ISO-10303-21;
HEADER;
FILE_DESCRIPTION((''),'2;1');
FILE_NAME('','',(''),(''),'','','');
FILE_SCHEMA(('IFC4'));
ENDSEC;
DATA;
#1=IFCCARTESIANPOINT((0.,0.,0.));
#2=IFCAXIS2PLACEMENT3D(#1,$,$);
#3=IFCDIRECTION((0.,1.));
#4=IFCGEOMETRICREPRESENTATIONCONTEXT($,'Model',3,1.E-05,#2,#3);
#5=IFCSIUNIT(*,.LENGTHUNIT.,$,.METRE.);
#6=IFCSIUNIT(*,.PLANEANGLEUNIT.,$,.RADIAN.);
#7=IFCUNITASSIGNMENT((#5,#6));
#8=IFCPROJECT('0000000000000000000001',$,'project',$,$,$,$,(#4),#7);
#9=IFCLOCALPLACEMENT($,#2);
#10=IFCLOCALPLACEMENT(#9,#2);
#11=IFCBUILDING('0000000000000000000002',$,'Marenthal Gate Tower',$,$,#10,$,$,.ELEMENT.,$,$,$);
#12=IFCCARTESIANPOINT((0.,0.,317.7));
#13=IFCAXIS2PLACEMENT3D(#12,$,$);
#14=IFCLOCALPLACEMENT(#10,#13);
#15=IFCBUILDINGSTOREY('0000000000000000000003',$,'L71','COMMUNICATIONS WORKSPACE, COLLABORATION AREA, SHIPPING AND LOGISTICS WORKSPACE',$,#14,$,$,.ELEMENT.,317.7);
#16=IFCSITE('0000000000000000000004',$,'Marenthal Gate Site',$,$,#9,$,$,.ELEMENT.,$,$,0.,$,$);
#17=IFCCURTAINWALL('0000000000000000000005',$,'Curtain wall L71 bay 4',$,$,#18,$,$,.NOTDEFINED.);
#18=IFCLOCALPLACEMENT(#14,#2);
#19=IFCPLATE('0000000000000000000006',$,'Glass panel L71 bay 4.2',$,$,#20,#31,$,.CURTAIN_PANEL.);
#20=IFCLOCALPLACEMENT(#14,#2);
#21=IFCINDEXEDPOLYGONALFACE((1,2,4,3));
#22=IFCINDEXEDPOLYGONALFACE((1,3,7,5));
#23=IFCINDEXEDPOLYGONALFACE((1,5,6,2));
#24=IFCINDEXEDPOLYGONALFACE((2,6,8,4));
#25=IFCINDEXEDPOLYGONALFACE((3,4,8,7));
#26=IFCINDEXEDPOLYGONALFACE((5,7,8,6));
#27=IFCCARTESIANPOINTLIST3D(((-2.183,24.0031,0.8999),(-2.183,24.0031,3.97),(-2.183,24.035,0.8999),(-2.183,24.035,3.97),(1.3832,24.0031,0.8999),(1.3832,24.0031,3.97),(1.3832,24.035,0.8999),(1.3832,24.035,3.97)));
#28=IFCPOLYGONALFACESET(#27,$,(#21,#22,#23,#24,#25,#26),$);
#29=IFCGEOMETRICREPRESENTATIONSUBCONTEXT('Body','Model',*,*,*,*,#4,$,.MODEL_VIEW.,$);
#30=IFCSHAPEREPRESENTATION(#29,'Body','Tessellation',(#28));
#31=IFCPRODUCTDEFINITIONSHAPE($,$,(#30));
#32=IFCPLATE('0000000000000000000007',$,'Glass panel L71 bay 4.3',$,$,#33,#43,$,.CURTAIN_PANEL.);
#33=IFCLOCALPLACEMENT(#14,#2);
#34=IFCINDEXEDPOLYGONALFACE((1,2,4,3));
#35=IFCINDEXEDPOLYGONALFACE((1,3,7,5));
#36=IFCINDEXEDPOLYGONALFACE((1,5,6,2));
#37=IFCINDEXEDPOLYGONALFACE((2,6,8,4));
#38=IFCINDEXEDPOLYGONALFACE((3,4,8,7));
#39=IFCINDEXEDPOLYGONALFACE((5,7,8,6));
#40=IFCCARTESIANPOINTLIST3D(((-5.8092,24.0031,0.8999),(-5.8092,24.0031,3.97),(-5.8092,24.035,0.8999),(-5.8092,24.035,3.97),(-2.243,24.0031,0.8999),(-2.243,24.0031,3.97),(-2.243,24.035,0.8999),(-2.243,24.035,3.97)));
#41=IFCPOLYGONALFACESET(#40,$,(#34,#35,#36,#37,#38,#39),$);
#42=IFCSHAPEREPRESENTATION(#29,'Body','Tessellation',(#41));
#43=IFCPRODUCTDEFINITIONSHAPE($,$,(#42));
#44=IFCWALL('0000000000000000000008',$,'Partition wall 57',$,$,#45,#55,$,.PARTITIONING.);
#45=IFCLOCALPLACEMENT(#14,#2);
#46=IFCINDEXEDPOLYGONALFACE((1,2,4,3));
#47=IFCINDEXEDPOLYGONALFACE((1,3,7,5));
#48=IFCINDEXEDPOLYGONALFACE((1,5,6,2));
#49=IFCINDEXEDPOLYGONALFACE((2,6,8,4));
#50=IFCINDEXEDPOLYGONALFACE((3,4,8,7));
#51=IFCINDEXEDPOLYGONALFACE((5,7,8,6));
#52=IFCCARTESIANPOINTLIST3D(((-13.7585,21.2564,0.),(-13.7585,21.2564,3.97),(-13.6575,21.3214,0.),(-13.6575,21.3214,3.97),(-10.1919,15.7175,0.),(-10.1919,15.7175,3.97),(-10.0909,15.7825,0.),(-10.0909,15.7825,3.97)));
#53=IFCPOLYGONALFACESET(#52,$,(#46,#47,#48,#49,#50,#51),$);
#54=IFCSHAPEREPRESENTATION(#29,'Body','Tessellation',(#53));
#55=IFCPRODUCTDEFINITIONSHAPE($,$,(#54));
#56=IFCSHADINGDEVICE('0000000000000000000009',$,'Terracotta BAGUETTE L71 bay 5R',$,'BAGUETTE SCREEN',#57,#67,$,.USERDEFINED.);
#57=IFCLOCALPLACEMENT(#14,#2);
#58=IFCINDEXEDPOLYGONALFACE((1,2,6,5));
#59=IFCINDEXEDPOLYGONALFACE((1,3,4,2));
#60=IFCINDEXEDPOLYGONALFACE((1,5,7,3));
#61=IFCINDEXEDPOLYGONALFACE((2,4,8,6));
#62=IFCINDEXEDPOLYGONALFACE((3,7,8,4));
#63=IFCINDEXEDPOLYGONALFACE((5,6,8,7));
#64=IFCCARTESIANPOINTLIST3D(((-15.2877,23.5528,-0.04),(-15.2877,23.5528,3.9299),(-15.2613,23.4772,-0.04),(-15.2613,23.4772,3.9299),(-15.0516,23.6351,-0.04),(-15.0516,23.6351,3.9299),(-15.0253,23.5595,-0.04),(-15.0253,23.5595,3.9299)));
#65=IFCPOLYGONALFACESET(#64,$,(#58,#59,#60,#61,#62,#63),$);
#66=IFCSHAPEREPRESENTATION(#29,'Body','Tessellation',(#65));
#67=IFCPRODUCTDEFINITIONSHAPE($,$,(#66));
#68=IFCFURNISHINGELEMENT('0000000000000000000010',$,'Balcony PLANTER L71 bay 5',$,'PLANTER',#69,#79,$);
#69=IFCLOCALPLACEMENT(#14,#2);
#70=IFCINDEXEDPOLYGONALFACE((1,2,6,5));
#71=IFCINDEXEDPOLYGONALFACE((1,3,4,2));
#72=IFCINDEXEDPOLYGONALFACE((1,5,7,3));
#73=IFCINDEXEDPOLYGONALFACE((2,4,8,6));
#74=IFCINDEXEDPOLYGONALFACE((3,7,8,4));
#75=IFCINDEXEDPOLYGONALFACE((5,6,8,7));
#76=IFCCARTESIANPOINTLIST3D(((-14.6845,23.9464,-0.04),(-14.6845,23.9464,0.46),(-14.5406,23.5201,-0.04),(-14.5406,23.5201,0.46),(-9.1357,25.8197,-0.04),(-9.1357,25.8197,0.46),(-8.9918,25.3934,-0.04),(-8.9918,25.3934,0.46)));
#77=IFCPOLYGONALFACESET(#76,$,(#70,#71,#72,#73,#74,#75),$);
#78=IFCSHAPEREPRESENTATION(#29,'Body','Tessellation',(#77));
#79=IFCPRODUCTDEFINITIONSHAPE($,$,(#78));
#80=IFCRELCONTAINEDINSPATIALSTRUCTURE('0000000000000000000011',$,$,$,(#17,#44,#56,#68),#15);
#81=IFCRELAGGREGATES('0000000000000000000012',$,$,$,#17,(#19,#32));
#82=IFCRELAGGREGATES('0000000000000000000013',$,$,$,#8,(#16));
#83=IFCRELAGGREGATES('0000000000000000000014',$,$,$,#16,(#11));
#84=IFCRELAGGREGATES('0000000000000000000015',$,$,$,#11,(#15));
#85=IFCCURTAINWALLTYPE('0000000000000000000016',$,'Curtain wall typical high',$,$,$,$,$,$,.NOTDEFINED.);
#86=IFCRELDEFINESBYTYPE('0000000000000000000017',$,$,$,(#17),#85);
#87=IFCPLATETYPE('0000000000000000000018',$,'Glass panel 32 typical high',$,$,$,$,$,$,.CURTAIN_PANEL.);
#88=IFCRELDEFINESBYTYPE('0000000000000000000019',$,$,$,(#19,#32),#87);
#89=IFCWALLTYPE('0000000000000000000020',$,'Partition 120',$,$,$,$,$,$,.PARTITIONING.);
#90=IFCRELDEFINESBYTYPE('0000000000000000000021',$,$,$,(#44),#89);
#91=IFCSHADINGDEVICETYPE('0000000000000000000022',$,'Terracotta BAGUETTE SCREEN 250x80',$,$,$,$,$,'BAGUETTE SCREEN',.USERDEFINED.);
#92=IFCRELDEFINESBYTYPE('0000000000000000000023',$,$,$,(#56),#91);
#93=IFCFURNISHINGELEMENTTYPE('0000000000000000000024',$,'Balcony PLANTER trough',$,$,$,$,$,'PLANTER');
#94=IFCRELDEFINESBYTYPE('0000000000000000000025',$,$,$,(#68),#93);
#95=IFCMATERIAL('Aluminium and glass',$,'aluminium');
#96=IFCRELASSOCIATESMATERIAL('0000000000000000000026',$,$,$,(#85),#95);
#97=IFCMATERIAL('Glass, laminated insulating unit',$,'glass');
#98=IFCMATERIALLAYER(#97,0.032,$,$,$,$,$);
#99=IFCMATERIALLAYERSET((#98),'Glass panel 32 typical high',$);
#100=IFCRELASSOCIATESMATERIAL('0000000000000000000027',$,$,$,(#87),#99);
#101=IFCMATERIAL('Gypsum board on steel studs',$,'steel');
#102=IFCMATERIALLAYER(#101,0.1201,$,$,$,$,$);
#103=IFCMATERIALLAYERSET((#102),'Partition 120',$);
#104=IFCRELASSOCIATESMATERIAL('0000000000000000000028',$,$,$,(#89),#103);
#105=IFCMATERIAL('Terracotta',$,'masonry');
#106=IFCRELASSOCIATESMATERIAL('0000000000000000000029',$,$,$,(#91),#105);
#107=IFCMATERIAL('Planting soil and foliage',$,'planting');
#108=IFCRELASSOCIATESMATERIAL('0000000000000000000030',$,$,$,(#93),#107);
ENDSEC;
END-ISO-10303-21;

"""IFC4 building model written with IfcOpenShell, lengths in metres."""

from ifc_helpers import new_model, si_unit, direction, frame, frame_2d, origin, origin_2d, place, context, subcontext, project, spatial, rectangle, extrude, material, layer, layer_set, material_profile, profile_set, type_object, element, aggregate, save


model = new_model("IFC4")

# Units and contexts
model_context = context("Model", 3, precision=1e-05, world=origin(), true_north=direction((0.0, 1.0)))
body_context = subcontext(model_context, "Body", "Model", "MODEL_VIEW")
ifc_project = project(units=[si_unit("LENGTHUNIT", "METRE"), si_unit("PLANEANGLEUNIT", "RADIAN")], contexts=[model_context])

# Site, building, storey
site_placement = place(None, origin())
site = spatial("IfcSite", under=ifc_project, at=site_placement, Name="Marenthal Gate Site", CompositionType="ELEMENT", RefElevation=0.0)
building_placement = place(site_placement, origin())
building = spatial("IfcBuilding", under=site, at=building_placement, Name="Marenthal Gate Tower", CompositionType="ELEMENT")
storey_placement = place(building_placement, frame((0.0, 0.0, 317.7)))
storey = spatial("IfcBuildingStorey", under=building, at=storey_placement, Name="L71", Description="COMMUNICATIONS WORKSPACE, COLLABORATION AREA, SHIPPING AND LOGISTICS WORKSPACE", CompositionType="ELEMENT", Elevation=317.7)

# Curtain wall
ifc_material_1 = material(Name="Aluminium and glass", Category="aluminium")
curtain_wall_type = type_object("IfcCurtainWallType", Name="Curtain wall typical high", PredefinedType="NOTDEFINED", material=ifc_material_1)
curtain_wall_placement = place(storey_placement, origin())
curtain_wall = element("IfcCurtainWall", 1, at=curtain_wall_placement, inside=storey, type_object=curtain_wall_type, Name="Curtain wall L71 bay 4", PredefinedType="NOTDEFINED")

# Plates
ifc_material_2 = material(Name="Glass, laminated insulating unit", Category="glass")
ifc_layer_1 = layer(ifc_material_2, 0.032)
ifc_layer_set_1 = layer_set([ifc_layer_1], Name="Glass panel 32 typical high")
plate_type = type_object("IfcPlateType", Name="Glass panel 32 typical high", PredefinedType="CURTAIN_PANEL", material=ifc_layer_set_1)
plate_1_placement = place(storey_placement, frame((-0.3999, 24.019, 0.8999), z_axis=(0.0, 0.0, 1.0), x_axis=(-1.0, 0.0, 0.0)))
plate_1 = element("IfcPlate", 2, at=plate_1_placement, type_object=plate_type, Name="Glass panel L71 bay 4.2", PredefinedType="CURTAIN_PANEL", context=body_context, shape_type="SweptSolid", body=[
    extrude(rectangle(XDim=3.5662, YDim=0.032, at=origin_2d()), origin(), (0.0, 0.0, 1.0), 3.0701),
])
plate_2_placement = place(storey_placement, frame((-4.0261, 24.019, 0.8999), z_axis=(0.0, 0.0, 1.0), x_axis=(-1.0, 0.0, 0.0)))
plate_2 = element("IfcPlate", 3, at=plate_2_placement, type_object=plate_type, Name="Glass panel L71 bay 4.3", PredefinedType="CURTAIN_PANEL", context=body_context, shape_type="SweptSolid", body=[
    extrude(rectangle(XDim=3.5662, YDim=0.032, at=origin_2d()), origin(), (0.0, 0.0, 1.0), 3.0701),
])
aggregate(curtain_wall, [plate_1, plate_2])

# Wall
ifc_material_3 = material(Name="Gypsum board on steel studs", Category="steel")
ifc_layer_2 = layer(ifc_material_3, 0.1201)
ifc_layer_set_2 = layer_set([ifc_layer_2], Name="Partition 120")
wall_type_1 = type_object("IfcWallType", Name="Partition 120", PredefinedType="PARTITIONING", material=ifc_layer_set_2)
wall_1_placement = place(storey_placement, frame((-10.1414, 15.75, 0.0), z_axis=(0.0, 0.0, 1.0), x_axis=(-0.5414, 0.840765, 0.0)))
element("IfcWall", 4, at=wall_1_placement, inside=storey, type_object=wall_type_1, Name="Partition wall 57", PredefinedType="PARTITIONING", context=body_context, shape_type="SweptSolid", body=[
    extrude(rectangle(XDim=6.5879, YDim=0.1201, at=frame_2d((3.2939, 0.0))), origin(), (0.0, 0.0, 1.0), 3.97),
])

# Shading device
ifc_material_4 = material(Name="Terracotta", Category="masonry")
ifc_material_profile_1 = material_profile(ifc_material_4, rectangle(XDim=0.25, YDim=0.0801, at=origin_2d()), Name="Terracotta baguette 250x80")
ifc_profile_set_1 = profile_set([ifc_material_profile_1], Name="Terracotta")
shading_device_type = type_object("IfcShadingDeviceType", Name="Terracotta BAGUETTE SCREEN 250x80", ElementType="BAGUETTE SCREEN", PredefinedType="USERDEFINED", material=ifc_profile_set_1)
shading_device_placement = place(storey_placement, frame((-15.1565, 23.5562, -0.04), z_axis=(0.0, 0.0, 1.0), x_axis=(-0.944249, -0.329232, 0.0)))
element("IfcShadingDevice", 5, at=shading_device_placement, inside=storey, type_object=shading_device_type, Name="Terracotta BAGUETTE L71 bay 5R", ObjectType="BAGUETTE SCREEN", PredefinedType="USERDEFINED", context=body_context, shape_type="SweptSolid", body=[
    extrude(rectangle(XDim=0.25, YDim=0.0801, at=origin_2d()), origin(), (0.0, 0.0, 1.0), 3.97),
])

# Furnishing element
ifc_material_5 = material(Name="Planting soil and foliage", Category="planting")
furnishing_element_type = type_object("IfcFurnishingElementType", Name="Balcony PLANTER trough", ElementType="PLANTER", material=ifc_material_5)
furnishing_placement = place(storey_placement, frame((-11.8381, 24.6699, -0.04), z_axis=(0.0, 0.0, 1.0), x_axis=(-0.947463, -0.319866, 0.0)))
element("IfcFurnishingElement", 6, at=furnishing_placement, inside=storey, type_object=furnishing_element_type, Name="Balcony PLANTER L71 bay 5", ObjectType="PLANTER", context=body_context, shape_type="SweptSolid", body=[
    extrude(rectangle(XDim=5.8564, YDim=0.45, at=origin_2d()), origin(), (0.0, 0.0, 1.0), 0.5),
])

save(model, "model.ifc")
